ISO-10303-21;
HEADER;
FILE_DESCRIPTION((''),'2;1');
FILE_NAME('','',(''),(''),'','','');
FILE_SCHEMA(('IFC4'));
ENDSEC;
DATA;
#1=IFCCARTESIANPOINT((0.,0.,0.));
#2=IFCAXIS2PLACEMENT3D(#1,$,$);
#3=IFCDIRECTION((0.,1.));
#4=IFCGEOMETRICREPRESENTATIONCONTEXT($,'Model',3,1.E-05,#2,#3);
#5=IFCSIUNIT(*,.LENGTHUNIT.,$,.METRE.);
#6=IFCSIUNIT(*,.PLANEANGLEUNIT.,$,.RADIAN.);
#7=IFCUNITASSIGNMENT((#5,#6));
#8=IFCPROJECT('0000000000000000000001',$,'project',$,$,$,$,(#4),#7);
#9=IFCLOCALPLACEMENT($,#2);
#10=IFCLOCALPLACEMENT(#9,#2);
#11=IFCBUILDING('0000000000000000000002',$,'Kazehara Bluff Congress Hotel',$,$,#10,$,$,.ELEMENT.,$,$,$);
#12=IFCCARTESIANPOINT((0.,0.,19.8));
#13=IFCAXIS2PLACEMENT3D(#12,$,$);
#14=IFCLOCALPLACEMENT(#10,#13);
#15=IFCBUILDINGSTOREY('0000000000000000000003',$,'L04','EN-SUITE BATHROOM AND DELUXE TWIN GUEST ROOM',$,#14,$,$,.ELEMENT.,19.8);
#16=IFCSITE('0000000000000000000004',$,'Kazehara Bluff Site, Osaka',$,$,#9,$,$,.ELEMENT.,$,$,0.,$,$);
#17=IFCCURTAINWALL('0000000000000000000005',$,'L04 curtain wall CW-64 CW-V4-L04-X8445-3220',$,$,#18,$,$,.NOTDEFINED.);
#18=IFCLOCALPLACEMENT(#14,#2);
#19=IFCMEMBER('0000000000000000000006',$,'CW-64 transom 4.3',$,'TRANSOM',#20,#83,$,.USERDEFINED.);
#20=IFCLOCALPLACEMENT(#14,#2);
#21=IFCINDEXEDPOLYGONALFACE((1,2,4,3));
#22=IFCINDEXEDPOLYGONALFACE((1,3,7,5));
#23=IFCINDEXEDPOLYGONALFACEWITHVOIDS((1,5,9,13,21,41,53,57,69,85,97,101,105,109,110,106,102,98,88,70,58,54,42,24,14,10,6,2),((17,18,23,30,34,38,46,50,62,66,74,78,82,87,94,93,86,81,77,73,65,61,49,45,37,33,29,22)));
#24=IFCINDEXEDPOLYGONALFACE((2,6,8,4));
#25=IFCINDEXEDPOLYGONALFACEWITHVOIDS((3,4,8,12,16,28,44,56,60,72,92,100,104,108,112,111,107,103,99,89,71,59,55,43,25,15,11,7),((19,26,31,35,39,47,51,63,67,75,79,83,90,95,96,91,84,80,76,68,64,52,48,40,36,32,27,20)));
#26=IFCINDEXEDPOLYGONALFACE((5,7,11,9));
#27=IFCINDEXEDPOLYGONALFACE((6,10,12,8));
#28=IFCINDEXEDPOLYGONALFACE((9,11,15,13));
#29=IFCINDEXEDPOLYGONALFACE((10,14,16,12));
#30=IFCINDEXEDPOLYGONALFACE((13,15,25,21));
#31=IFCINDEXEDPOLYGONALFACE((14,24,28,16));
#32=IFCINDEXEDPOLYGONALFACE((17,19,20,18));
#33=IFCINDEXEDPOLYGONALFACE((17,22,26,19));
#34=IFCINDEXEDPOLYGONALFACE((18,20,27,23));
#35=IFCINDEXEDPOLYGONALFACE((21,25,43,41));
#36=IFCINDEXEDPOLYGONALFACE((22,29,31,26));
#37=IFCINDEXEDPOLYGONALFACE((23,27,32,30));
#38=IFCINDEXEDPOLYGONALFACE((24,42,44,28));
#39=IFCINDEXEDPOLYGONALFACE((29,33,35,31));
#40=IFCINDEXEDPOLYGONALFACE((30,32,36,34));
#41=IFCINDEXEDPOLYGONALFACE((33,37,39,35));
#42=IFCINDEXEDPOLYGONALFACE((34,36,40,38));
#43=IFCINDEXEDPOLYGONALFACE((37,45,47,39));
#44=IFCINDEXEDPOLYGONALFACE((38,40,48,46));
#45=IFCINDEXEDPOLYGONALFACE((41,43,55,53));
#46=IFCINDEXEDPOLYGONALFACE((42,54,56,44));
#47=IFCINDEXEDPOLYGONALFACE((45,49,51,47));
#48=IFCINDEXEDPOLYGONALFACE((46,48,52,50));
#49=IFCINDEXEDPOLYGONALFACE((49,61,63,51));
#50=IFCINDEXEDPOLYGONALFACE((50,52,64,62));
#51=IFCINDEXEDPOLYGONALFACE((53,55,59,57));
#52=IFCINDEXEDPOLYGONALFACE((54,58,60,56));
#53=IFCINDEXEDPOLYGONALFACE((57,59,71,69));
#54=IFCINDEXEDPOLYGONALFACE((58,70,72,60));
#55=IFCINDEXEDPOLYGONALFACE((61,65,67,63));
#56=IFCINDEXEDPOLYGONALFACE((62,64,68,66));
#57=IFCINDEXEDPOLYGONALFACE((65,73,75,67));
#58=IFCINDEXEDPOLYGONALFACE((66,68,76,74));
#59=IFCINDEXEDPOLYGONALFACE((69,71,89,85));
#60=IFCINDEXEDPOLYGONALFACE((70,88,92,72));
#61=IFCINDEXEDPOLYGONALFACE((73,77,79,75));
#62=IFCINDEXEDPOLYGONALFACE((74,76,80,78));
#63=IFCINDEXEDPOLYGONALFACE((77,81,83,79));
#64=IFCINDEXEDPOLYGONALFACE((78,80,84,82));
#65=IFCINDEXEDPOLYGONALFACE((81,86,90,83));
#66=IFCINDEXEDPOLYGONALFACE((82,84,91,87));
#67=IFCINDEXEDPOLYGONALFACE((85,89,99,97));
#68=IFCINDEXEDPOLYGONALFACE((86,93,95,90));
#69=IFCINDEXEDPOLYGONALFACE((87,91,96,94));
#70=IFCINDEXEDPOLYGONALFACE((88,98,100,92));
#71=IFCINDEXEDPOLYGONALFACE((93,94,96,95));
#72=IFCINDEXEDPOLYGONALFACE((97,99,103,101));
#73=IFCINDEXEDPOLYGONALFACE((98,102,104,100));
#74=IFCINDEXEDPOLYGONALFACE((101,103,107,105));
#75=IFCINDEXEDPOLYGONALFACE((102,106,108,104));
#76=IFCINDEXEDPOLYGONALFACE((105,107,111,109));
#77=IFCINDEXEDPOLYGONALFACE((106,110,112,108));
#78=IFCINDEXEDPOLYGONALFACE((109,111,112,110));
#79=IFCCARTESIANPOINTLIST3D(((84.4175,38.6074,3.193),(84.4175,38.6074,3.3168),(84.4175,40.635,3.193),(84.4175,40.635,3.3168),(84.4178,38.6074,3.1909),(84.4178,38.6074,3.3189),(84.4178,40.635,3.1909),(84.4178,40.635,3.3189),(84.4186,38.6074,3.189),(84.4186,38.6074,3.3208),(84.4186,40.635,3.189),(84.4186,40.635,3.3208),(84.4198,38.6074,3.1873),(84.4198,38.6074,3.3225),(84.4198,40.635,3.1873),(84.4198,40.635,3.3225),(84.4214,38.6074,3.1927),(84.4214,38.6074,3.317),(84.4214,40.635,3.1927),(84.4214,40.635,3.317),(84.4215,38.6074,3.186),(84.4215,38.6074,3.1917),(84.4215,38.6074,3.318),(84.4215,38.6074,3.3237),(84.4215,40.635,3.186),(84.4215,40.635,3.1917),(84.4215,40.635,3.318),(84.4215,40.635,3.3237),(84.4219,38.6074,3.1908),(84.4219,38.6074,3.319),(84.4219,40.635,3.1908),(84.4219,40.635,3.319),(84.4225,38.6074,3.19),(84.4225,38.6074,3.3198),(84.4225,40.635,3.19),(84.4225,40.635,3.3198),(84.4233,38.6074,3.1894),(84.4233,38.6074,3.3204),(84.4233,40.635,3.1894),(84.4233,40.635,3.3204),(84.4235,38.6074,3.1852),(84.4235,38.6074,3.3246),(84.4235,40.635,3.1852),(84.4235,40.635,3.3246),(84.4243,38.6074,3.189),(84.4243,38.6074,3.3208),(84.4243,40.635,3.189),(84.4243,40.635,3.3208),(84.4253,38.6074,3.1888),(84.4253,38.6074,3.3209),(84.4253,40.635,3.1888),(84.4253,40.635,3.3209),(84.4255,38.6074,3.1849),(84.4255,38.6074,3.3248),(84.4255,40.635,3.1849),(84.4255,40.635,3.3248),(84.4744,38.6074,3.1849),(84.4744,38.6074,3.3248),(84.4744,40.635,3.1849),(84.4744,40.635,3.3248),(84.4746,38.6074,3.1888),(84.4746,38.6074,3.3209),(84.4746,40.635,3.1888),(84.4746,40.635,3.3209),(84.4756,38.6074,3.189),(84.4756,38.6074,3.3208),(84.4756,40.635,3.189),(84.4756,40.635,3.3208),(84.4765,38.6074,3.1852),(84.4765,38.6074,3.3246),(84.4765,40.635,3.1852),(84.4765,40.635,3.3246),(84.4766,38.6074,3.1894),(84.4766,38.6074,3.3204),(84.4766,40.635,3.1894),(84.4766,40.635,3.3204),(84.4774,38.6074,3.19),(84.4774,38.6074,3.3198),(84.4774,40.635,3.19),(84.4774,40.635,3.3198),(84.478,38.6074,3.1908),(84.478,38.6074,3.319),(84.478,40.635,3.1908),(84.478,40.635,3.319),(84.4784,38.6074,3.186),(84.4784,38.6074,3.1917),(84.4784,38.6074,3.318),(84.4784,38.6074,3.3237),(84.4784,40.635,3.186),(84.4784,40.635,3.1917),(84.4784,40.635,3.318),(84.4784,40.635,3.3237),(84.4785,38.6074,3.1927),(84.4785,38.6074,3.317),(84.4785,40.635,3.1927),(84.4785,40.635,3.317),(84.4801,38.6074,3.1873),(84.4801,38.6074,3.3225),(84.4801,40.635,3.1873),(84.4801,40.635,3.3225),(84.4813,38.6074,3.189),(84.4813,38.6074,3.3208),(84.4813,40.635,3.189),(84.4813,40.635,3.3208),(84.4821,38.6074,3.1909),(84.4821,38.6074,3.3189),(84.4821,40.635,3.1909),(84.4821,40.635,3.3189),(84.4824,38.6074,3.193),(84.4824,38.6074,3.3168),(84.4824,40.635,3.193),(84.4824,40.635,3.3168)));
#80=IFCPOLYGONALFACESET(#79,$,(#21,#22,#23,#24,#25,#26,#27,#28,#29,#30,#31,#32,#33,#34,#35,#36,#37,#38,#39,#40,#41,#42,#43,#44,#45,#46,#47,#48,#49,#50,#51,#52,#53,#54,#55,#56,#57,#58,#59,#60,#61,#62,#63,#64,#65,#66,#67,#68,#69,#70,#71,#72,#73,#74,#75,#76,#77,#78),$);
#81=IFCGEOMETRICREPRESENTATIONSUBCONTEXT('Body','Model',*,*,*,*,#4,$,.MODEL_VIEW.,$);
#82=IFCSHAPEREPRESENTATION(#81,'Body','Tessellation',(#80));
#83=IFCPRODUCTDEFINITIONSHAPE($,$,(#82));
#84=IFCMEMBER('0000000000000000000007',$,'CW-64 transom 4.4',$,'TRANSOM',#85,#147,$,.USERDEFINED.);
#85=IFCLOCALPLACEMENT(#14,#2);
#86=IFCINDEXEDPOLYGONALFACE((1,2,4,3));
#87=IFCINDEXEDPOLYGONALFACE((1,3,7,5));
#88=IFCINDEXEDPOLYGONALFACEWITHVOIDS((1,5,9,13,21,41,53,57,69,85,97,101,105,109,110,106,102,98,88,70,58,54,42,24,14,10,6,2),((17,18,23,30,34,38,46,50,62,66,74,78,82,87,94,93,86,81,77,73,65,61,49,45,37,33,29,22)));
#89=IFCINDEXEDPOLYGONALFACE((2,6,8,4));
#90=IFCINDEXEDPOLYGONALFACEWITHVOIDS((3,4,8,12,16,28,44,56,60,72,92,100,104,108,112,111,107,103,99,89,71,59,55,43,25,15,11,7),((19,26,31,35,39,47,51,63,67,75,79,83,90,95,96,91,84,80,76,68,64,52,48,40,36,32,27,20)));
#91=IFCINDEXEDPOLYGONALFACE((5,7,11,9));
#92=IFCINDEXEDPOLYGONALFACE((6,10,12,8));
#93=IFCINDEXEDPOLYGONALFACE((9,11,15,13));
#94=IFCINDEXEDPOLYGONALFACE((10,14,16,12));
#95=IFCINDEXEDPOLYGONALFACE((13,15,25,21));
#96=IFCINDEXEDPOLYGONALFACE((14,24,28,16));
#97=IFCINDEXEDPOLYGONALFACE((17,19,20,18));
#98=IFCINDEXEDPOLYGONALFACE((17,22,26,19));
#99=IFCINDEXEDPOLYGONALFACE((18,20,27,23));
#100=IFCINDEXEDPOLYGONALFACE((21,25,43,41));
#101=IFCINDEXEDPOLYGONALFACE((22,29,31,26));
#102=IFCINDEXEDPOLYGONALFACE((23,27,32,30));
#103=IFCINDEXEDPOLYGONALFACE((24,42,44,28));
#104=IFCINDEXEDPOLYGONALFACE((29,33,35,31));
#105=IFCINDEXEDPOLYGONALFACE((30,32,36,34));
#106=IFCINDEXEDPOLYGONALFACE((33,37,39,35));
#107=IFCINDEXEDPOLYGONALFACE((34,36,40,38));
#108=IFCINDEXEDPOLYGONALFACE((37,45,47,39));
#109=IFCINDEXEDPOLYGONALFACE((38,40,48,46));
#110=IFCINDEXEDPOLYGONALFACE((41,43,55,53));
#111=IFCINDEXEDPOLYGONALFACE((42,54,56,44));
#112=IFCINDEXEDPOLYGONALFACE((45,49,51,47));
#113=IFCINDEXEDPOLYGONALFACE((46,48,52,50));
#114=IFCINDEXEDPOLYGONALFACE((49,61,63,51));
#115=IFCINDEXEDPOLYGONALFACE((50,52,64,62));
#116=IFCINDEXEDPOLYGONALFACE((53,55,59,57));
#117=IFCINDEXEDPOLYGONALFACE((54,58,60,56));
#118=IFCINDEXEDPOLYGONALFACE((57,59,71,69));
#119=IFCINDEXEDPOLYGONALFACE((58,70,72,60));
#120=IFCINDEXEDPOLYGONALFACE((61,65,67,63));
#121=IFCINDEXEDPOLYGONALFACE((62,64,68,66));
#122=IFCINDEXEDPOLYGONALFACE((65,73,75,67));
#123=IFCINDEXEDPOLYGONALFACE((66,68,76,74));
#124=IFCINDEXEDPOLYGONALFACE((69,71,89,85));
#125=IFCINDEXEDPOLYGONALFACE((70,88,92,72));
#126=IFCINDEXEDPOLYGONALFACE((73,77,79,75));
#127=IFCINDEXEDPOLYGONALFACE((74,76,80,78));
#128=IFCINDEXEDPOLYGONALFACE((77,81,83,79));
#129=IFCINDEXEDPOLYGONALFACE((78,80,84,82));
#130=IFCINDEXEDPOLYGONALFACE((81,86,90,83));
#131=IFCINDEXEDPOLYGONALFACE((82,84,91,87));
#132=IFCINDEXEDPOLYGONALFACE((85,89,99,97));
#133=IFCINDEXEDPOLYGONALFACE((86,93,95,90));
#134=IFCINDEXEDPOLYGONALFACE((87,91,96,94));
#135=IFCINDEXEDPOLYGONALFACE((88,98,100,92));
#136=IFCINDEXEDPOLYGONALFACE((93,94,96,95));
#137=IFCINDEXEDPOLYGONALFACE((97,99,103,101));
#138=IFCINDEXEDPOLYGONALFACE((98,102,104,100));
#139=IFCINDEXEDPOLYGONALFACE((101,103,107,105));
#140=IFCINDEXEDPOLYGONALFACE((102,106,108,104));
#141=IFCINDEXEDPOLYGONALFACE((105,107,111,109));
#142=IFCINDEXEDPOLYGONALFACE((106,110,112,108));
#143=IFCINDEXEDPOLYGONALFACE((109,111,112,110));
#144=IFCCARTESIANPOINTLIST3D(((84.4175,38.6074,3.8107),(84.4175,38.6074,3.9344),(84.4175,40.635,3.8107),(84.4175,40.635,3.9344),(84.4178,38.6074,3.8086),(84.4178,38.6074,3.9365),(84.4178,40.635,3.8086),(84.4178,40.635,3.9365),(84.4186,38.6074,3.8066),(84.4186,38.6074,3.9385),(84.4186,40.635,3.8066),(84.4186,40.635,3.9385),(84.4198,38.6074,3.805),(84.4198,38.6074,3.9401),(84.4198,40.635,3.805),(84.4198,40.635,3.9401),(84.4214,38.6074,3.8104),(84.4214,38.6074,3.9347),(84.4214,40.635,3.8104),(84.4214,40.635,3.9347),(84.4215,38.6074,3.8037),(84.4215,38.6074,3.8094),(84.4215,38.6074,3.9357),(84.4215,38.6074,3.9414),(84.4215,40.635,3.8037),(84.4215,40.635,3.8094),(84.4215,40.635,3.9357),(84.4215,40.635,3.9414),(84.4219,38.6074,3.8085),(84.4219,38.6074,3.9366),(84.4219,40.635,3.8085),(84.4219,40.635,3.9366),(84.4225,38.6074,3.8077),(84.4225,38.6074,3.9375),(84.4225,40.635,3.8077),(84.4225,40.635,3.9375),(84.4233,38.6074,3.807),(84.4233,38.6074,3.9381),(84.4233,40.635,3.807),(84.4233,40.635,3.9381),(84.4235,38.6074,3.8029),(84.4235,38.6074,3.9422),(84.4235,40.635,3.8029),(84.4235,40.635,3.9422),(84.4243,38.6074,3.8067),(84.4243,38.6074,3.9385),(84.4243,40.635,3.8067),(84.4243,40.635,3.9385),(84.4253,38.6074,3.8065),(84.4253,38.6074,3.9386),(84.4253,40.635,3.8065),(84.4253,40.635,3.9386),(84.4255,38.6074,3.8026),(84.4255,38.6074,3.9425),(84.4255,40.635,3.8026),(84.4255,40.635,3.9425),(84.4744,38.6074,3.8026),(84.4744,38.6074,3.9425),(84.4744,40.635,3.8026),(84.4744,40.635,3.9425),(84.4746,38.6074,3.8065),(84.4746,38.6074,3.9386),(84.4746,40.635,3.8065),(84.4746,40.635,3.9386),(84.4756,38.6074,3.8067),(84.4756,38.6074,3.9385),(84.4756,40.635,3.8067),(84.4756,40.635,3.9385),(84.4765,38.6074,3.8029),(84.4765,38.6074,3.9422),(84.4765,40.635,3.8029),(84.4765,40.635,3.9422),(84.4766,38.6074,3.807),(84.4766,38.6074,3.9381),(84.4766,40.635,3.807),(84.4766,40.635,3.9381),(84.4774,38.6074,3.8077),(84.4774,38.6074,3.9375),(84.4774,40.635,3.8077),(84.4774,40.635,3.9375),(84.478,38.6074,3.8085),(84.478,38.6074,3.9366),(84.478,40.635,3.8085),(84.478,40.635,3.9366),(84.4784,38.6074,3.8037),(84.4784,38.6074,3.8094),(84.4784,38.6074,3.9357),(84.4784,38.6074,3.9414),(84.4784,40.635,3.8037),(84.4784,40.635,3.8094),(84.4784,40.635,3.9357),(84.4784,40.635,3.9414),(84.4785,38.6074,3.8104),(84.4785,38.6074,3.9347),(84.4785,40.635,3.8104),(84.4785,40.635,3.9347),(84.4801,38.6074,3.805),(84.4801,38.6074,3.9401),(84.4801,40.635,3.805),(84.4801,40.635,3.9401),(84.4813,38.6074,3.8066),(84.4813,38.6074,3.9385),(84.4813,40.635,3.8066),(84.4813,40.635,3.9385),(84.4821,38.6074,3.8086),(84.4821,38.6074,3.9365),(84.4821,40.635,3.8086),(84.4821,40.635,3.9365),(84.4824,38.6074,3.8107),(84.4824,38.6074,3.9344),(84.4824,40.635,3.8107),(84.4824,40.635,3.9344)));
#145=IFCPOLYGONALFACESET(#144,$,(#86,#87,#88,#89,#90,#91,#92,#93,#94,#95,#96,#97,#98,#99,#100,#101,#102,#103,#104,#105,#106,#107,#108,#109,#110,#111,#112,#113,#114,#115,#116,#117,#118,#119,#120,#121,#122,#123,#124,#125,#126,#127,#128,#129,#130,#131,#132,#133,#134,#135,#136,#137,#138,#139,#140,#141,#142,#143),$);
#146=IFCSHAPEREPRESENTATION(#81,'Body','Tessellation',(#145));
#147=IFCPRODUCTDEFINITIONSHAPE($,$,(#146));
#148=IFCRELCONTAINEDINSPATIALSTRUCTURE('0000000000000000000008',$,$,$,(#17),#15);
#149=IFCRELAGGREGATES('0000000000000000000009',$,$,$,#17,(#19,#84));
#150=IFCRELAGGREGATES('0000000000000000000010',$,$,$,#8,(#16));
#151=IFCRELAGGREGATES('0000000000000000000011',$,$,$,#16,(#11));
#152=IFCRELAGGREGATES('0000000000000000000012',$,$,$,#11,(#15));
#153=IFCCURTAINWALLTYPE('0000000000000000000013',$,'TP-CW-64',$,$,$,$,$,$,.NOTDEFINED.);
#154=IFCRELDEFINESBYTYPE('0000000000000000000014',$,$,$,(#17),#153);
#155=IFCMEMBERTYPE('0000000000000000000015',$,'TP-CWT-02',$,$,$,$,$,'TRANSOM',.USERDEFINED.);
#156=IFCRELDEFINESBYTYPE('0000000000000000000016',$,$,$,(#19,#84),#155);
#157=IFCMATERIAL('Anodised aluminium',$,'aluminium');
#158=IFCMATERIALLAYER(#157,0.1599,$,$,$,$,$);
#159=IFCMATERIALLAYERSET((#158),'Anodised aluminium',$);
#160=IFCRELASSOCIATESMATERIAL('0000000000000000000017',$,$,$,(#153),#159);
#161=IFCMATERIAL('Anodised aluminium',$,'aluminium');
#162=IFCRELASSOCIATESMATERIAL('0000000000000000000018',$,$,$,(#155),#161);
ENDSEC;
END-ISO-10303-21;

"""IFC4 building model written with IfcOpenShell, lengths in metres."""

from ifc_helpers import new_model, si_unit, direction, frame, origin, origin_2d, place, context, subcontext, project, spatial, hollow_rectangle, extrude, material, layer, layer_set, material_profile, profile_set, type_object, element, aggregate, save


model = new_model("IFC4")

# Units and contexts
model_context = context("Model", 3, precision=1e-05, world=origin(), true_north=direction((0.0, 1.0)))
body_context = subcontext(model_context, "Body", "Model", "MODEL_VIEW")
ifc_project = project(units=[si_unit("LENGTHUNIT", "METRE"), si_unit("PLANEANGLEUNIT", "RADIAN")], contexts=[model_context])

# Site, building, storey
site_placement = place(None, origin())
site = spatial("IfcSite", under=ifc_project, at=site_placement, Name="Kazehara Bluff Site, Osaka", CompositionType="ELEMENT", RefElevation=0.0)
building_placement = place(site_placement, origin())
building = spatial("IfcBuilding", under=site, at=building_placement, Name="Kazehara Bluff Congress Hotel", CompositionType="ELEMENT")
storey_placement = place(building_placement, frame((0.0, 0.0, 19.8)))
storey = spatial("IfcBuildingStorey", under=building, at=storey_placement, Name="L04", Description="EN-SUITE BATHROOM AND DELUXE TWIN GUEST ROOM", CompositionType="ELEMENT", Elevation=19.8)

# Curtain wall, members
ifc_material_1 = material(Name="Anodised aluminium", Category="aluminium")
ifc_layer_1 = layer(ifc_material_1, 0.1599)
ifc_layer_set_1 = layer_set([ifc_layer_1], Name="Anodised aluminium")
curtain_wall_type_1 = type_object("IfcCurtainWallType", Name="TP-CW-64", PredefinedType="NOTDEFINED", material=ifc_layer_set_1)
curtain_wall_1_placement = place(storey_placement, origin())
curtain_wall_1 = element("IfcCurtainWall", 1, at=curtain_wall_1_placement, inside=storey, type_object=curtain_wall_type_1, Name="L04 curtain wall CW-64 CW-V4-L04-X8445-3220", PredefinedType="NOTDEFINED")
ifc_material_2 = material(Name="Anodised aluminium", Category="aluminium")
ifc_material_profile_1 = material_profile(ifc_material_2, hollow_rectangle(XDim=0.0649, YDim=0.1399, WallThickness=0.0039, InnerFilletRadius=0.0039, OuterFilletRadius=0.0081, at=origin_2d()))
ifc_profile_set_1 = profile_set([ifc_material_profile_1], Name="Anodised aluminium")
member_type_1 = type_object("IfcMemberType", Name="TP-CWT-02", ElementType="TRANSOM", PredefinedType="USERDEFINED", material=ifc_profile_set_1)
member_1_placement = place(storey_placement, frame((84.45, 38.6074, 3.2549), z_axis=(0.0, 1.0, 0.0), x_axis=(-1.0, 0.0, 0.0)))
member_1 = element("IfcMember", 2, at=member_1_placement, type_object=member_type_1, Name="CW-64 transom 4.3", ObjectType="TRANSOM", PredefinedType="USERDEFINED", context=body_context, shape_type="SweptSolid", body=[
    extrude(hollow_rectangle(XDim=0.0649, YDim=0.1399, WallThickness=0.0039, InnerFilletRadius=0.0039, OuterFilletRadius=0.0081, at=origin_2d()), origin(), (0.0, 0.0, 1.0), 2.0276),
])
member_2_placement = place(storey_placement, frame((84.45, 38.6074, 3.8726), z_axis=(0.0, 1.0, 0.0), x_axis=(-1.0, 0.0, 0.0)))
member_2 = element("IfcMember", 3, at=member_2_placement, type_object=member_type_1, Name="CW-64 transom 4.4", ObjectType="TRANSOM", PredefinedType="USERDEFINED", context=body_context, shape_type="SweptSolid", body=[
    extrude(hollow_rectangle(XDim=0.0649, YDim=0.1399, WallThickness=0.0039, InnerFilletRadius=0.0039, OuterFilletRadius=0.0081, at=origin_2d()), origin(), (0.0, 0.0, 1.0), 2.0276),
])

aggregate(curtain_wall_1, [member_1, member_2])

save(model, "model.ifc")
